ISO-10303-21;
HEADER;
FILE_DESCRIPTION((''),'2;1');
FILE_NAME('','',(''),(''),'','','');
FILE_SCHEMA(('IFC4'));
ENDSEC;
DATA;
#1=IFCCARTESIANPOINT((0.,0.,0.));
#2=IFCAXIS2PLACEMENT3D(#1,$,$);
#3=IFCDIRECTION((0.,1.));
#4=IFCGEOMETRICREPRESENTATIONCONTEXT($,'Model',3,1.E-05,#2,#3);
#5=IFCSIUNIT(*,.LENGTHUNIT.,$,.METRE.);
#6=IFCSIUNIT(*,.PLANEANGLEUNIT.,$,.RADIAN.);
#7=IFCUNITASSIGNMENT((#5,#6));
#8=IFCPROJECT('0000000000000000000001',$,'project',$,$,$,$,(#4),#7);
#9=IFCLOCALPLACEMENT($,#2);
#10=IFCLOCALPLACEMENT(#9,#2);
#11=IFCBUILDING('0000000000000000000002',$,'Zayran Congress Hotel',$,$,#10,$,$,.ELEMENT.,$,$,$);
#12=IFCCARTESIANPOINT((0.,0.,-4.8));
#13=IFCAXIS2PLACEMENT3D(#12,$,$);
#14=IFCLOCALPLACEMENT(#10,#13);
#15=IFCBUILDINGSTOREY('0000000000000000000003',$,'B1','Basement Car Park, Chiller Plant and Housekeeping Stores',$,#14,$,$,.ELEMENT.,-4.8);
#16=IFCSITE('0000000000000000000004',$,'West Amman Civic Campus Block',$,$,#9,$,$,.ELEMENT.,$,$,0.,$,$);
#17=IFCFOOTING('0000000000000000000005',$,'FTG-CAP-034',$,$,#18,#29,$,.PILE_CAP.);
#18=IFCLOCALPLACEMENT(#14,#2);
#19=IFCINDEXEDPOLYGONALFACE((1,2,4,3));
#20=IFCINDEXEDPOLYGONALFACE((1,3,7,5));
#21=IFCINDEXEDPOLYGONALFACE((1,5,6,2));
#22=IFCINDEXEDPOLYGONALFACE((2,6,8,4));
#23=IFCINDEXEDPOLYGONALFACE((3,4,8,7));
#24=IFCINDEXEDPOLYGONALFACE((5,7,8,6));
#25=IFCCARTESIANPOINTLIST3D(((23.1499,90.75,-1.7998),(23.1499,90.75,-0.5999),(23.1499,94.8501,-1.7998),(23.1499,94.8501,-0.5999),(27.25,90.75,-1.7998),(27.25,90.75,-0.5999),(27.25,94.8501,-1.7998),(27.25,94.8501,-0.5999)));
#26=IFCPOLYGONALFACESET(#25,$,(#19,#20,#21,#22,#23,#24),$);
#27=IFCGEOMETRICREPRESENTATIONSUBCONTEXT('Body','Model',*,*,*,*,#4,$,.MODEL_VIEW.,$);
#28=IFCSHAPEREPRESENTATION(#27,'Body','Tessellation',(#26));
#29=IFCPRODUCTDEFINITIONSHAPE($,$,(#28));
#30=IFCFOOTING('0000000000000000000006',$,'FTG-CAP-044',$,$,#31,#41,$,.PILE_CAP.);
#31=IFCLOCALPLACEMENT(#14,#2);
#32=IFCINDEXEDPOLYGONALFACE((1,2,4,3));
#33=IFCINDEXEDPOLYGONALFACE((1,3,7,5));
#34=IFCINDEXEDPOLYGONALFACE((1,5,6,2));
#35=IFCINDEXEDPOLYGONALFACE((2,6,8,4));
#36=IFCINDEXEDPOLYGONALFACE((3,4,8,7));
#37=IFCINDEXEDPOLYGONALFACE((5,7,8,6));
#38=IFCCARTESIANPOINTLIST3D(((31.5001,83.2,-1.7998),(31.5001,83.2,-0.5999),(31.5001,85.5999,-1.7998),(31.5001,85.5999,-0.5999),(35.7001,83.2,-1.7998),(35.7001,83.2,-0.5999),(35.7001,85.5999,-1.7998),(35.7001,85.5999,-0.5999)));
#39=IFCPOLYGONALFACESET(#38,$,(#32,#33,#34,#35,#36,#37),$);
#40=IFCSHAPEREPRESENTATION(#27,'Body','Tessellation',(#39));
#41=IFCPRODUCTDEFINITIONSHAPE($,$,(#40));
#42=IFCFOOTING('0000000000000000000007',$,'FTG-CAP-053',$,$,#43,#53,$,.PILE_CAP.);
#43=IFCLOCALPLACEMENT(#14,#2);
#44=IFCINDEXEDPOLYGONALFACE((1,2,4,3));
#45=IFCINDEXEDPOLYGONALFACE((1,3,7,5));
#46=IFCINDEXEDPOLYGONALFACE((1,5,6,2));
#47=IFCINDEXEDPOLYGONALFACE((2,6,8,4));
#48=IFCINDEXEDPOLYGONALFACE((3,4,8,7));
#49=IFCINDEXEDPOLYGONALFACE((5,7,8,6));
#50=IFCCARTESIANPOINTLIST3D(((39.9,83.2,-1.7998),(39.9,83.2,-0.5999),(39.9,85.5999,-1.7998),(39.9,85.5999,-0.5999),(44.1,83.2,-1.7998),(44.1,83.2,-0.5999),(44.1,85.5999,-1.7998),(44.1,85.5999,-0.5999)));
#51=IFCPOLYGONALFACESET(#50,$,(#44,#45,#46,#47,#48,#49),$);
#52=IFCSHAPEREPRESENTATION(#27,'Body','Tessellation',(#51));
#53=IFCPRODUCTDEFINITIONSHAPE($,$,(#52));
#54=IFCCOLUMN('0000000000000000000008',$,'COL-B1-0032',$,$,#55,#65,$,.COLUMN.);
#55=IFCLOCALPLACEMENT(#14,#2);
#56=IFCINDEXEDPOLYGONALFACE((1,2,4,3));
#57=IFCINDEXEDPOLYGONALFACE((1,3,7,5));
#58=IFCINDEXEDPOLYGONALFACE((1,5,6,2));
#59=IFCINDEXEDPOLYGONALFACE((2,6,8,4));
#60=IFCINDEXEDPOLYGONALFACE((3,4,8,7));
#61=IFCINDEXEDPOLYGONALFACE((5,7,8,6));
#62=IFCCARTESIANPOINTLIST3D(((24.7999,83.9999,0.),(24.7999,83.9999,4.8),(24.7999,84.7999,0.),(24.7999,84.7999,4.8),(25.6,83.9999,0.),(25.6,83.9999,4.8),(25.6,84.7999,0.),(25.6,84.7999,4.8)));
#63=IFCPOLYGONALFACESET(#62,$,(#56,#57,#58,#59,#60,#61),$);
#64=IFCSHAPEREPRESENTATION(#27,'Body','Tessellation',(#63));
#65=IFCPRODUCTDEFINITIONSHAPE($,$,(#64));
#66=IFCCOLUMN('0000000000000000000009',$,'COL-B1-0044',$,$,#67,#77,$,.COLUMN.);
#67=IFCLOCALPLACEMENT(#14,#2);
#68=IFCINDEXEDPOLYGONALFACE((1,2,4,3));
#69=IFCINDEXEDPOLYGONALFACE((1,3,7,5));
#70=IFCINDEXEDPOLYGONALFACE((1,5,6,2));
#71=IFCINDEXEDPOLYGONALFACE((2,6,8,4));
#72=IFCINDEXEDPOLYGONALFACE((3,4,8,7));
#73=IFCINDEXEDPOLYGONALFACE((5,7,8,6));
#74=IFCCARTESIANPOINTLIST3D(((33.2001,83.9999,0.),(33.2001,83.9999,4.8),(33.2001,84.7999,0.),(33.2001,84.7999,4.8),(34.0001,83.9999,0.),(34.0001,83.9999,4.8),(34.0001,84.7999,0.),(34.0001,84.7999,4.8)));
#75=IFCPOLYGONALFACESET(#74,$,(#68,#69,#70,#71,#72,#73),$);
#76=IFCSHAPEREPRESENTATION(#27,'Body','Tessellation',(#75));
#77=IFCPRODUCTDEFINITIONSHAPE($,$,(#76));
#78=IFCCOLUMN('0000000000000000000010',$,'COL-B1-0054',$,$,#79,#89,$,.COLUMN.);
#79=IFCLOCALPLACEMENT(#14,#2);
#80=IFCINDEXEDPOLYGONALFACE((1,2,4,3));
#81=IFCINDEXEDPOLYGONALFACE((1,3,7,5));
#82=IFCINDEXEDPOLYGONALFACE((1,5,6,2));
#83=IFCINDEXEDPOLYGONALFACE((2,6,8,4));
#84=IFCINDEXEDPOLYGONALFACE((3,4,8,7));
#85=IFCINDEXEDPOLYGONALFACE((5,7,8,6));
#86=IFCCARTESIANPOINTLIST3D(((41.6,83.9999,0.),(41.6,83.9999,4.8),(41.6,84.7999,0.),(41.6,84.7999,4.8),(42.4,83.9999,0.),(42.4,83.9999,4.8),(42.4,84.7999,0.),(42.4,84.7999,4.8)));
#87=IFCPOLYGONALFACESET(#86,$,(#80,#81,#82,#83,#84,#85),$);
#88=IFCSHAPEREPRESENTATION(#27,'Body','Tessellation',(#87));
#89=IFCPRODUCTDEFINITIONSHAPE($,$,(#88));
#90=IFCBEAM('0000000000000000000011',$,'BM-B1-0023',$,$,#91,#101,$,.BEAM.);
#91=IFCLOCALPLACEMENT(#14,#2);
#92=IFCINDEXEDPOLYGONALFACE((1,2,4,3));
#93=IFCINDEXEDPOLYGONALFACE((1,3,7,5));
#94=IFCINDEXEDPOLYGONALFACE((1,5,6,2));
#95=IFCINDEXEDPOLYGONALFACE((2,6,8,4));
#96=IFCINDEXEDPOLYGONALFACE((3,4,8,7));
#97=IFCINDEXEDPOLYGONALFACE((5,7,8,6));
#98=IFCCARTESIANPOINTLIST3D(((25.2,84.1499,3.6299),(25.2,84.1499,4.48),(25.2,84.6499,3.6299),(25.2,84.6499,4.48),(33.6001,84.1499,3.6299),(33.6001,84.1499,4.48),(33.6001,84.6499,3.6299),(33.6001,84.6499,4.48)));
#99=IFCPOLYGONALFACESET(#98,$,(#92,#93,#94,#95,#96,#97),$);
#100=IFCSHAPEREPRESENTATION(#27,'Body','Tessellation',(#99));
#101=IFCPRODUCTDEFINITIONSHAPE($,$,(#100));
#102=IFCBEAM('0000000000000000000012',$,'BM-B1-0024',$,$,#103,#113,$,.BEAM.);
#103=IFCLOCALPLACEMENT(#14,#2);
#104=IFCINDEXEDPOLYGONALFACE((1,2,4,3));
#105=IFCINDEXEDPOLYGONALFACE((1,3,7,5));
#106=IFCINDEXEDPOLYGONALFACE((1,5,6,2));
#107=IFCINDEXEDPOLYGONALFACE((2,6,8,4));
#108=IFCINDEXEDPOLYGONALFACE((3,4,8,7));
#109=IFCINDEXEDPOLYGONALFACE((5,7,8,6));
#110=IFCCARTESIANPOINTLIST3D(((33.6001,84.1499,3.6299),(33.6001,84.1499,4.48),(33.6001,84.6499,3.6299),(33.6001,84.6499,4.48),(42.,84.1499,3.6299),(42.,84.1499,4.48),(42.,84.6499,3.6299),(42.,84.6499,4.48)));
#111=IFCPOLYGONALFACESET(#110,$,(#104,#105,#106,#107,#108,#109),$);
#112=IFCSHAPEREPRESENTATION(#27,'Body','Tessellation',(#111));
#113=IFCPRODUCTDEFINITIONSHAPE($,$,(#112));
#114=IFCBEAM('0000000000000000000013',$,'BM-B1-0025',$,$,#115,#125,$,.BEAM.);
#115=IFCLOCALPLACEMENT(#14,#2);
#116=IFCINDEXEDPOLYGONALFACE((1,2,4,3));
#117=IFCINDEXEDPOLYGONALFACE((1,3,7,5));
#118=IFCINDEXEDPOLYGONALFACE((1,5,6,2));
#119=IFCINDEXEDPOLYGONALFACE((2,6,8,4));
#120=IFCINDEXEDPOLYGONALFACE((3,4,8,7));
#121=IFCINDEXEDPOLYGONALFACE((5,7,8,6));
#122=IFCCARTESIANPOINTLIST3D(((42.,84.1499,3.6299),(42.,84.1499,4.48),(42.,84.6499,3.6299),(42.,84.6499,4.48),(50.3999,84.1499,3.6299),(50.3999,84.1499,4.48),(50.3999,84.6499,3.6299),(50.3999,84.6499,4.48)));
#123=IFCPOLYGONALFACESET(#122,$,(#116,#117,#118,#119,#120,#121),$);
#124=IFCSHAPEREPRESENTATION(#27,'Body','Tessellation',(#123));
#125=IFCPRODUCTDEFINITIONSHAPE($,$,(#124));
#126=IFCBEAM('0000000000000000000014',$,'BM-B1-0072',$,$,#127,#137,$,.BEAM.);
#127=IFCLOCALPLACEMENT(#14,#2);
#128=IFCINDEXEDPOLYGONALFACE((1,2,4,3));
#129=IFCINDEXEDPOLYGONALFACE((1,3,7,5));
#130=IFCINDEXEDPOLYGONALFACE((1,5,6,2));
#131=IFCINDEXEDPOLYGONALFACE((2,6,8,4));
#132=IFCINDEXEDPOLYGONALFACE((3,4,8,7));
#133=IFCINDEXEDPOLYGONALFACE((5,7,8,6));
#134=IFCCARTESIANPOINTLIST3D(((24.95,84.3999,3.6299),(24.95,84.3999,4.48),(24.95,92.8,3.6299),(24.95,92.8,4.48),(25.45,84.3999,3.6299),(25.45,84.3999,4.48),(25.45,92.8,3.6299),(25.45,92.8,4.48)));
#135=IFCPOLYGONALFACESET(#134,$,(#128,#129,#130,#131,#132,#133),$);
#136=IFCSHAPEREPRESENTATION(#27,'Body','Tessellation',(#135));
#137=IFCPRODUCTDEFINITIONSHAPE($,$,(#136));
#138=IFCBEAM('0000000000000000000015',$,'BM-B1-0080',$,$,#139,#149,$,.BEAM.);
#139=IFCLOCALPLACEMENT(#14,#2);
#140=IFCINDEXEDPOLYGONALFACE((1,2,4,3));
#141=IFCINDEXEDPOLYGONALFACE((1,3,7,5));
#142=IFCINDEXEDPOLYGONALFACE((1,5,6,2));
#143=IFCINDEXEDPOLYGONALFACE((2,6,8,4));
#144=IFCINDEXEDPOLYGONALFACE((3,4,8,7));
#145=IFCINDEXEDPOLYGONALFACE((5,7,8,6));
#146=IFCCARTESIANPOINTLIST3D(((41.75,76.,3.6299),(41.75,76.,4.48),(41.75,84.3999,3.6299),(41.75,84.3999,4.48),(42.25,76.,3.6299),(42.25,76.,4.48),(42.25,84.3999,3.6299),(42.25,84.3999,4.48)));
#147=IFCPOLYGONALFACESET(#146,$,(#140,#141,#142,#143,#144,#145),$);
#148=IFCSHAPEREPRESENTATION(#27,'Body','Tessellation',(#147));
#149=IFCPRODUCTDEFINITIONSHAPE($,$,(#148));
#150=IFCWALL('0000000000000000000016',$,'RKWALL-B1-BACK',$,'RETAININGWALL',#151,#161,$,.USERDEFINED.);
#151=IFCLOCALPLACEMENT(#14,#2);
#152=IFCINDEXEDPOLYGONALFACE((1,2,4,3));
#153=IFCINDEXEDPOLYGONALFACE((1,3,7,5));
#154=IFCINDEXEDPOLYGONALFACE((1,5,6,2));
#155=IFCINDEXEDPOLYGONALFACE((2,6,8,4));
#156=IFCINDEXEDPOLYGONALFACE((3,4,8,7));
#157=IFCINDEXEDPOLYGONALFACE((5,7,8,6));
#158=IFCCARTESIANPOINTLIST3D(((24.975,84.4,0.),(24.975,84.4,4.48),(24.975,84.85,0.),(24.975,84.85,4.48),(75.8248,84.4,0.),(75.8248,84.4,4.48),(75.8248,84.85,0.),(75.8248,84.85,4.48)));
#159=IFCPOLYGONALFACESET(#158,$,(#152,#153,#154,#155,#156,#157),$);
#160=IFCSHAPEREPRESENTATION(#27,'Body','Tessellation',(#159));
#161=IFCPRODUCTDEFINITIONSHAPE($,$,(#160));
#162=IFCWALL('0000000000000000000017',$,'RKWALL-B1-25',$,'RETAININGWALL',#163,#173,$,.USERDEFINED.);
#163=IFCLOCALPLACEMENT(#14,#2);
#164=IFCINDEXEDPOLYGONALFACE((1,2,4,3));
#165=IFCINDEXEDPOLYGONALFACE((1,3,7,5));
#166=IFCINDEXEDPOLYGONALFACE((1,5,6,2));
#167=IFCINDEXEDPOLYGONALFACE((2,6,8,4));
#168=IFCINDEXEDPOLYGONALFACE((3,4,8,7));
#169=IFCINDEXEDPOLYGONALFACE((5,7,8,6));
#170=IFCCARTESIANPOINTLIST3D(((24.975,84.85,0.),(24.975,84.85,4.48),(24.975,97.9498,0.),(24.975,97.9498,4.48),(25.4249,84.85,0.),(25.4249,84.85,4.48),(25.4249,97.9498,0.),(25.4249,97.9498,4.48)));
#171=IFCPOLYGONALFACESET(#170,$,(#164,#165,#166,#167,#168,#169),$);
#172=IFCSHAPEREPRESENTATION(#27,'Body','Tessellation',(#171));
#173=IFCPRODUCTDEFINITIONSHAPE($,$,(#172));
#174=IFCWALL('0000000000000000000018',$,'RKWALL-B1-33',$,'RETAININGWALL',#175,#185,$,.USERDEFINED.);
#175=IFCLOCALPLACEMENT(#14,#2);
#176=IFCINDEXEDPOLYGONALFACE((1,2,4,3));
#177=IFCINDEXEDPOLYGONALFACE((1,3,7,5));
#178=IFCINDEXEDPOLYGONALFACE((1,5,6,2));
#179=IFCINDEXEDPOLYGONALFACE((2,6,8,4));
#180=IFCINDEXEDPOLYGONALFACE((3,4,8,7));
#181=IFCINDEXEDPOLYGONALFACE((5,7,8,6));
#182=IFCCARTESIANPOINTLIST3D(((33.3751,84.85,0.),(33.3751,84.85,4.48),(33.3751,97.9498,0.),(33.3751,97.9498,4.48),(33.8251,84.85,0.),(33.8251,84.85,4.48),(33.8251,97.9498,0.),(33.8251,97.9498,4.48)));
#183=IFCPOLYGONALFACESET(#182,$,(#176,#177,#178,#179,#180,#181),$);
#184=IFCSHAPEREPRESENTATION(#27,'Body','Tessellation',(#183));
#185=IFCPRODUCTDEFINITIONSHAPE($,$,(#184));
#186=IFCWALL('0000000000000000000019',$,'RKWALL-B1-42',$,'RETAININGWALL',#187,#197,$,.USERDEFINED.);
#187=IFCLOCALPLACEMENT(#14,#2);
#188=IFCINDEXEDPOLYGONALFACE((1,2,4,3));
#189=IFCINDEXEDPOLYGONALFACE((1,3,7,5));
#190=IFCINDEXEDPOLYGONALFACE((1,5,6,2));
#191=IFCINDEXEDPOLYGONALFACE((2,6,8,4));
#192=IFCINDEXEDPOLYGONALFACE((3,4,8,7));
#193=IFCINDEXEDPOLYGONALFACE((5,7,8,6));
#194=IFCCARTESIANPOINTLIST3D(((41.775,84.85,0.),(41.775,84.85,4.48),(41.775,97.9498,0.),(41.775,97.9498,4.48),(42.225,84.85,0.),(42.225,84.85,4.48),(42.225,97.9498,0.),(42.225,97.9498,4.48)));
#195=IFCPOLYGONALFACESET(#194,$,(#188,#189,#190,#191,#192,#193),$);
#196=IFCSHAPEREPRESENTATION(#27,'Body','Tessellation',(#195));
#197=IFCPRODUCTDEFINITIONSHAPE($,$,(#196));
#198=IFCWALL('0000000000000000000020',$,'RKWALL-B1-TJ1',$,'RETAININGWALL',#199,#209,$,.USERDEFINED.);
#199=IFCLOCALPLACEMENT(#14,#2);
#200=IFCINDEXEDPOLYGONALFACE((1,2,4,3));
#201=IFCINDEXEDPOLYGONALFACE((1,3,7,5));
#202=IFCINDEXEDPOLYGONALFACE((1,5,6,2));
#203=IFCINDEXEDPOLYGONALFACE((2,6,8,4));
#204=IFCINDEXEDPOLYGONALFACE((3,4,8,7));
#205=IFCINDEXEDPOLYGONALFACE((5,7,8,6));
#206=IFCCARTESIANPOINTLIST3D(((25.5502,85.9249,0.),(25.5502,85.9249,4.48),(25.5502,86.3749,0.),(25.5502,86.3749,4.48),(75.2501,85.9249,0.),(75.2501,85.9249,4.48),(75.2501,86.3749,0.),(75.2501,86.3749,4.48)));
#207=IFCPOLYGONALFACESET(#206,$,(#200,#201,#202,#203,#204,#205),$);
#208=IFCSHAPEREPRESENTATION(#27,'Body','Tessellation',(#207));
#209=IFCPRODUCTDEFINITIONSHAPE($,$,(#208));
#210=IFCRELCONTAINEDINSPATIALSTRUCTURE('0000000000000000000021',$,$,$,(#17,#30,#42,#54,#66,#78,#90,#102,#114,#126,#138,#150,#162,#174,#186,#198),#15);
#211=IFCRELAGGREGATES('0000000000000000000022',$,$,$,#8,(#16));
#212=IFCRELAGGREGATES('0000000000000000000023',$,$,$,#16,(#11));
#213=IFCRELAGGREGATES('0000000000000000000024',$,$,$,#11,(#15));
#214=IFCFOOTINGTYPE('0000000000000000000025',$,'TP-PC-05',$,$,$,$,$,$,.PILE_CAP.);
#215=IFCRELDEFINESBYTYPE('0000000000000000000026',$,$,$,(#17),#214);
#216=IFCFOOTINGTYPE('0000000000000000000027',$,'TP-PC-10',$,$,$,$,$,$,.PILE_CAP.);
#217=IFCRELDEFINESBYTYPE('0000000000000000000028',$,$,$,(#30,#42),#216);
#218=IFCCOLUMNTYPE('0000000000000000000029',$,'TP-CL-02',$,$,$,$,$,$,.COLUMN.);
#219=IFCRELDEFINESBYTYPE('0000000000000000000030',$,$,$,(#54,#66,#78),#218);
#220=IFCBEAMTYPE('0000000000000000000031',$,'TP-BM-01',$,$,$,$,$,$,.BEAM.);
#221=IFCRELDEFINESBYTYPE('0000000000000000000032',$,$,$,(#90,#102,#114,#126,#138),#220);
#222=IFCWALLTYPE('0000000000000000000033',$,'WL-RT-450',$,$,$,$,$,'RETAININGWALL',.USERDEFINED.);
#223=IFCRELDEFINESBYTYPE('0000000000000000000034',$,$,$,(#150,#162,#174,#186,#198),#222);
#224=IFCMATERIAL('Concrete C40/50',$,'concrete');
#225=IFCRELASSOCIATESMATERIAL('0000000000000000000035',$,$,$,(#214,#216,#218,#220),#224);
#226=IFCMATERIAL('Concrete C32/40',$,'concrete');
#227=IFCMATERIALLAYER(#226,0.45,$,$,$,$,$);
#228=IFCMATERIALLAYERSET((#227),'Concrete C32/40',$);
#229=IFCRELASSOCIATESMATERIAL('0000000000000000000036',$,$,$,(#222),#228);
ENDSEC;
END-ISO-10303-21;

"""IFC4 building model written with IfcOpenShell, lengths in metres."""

from ifc_helpers import new_model, si_unit, direction, frame, frame_2d, origin, origin_2d, place, context, subcontext, project, spatial, rectangle, extrude, material, layer, layer_set, material_profile, profile_set, type_object, element, save


model = new_model("IFC4")

# Units and contexts
model_context = context("Model", 3, precision=1e-05, world=origin(), true_north=direction((0.0, 1.0)))
body_context = subcontext(model_context, "Body", "Model", "MODEL_VIEW")
ifc_project = project(units=[si_unit("LENGTHUNIT", "METRE"), si_unit("PLANEANGLEUNIT", "RADIAN")], contexts=[model_context])

# Site, building, storey
site_placement = place(None, origin())
site = spatial("IfcSite", under=ifc_project, at=site_placement, Name="West Amman Civic Campus Block", CompositionType="ELEMENT", RefElevation=0.0)
building_placement = place(site_placement, origin())
building = spatial("IfcBuilding", under=site, at=building_placement, Name="Zayran Congress Hotel", CompositionType="ELEMENT")
storey_placement = place(building_placement, frame((0.0, 0.0, -4.8)))
storey = spatial("IfcBuildingStorey", under=building, at=storey_placement, Name="B1", Description="Basement Car Park, Chiller Plant and Housekeeping Stores", CompositionType="ELEMENT", Elevation=-4.8)

# Shared definitions
ifc_material_1 = material(Name="Concrete C40/50", Category="concrete")

# Footings
footing_type_1 = type_object("IfcFootingType", Name="TP-PC-05", PredefinedType="PILE_CAP", material=ifc_material_1)
footing_1_placement = place(storey_placement, frame((25.2, 92.8, -1.7998), z_axis=(0.0, 0.0, 1.0), x_axis=(1.0, 0.0, 0.0)))
element("IfcFooting", 1, at=footing_1_placement, inside=storey, type_object=footing_type_1, Name="FTG-CAP-034", PredefinedType="PILE_CAP", context=body_context, shape_type="SweptSolid", body=[
    extrude(rectangle(XDim=4.1001, YDim=4.1001, at=origin_2d()), origin(), (0.0, 0.0, 1.0), 1.2),
])
footing_type_2 = type_object("IfcFootingType", Name="TP-PC-10", PredefinedType="PILE_CAP", material=ifc_material_1)
for number, where, z_axis, x_axis, name in (
    (2, (33.6001, 84.3999, -1.7998), (0.0, 0.0, 1.0), (1.0, 0.0, 0.0), "FTG-CAP-044"),
    (3, (42.0, 84.3999, -1.7998), (0.0, 0.0, 1.0), (1.0, 0.0, 0.0), "FTG-CAP-053"),
):
    element("IfcFooting", number, at=place(storey_placement, frame(where, z_axis=z_axis, x_axis=x_axis)), inside=storey, type_object=footing_type_2, Name=name, PredefinedType="PILE_CAP", context=body_context, shape_type="SweptSolid", body=[
        extrude(rectangle(XDim=4.2, YDim=2.3999, at=origin_2d()), origin(), (0.0, 0.0, 1.0), 1.2),
    ])

# Columns
ifc_material_profile_1 = material_profile(ifc_material_1, rectangle(XDim=0.8, YDim=0.8, at=origin_2d()), Name="RC 800x800")
ifc_profile_set_1 = profile_set([ifc_material_profile_1], Name="Concrete C40/50")
column_type = type_object("IfcColumnType", Name="TP-CL-02", PredefinedType="COLUMN", material=ifc_profile_set_1)
for number, where, z_axis, x_axis, name in (
    (4, (25.2, 84.3999, 0.0), (0.0, 0.0, 1.0), (1.0, 0.0, 0.0), "COL-B1-0032"),
    (5, (33.6001, 84.3999, 0.0), (0.0, 0.0, 1.0), (1.0, 0.0, 0.0), "COL-B1-0044"),
    (6, (42.0, 84.3999, 0.0), (0.0, 0.0, 1.0), (1.0, 0.0, 0.0), "COL-B1-0054"),
):
    element("IfcColumn", number, at=place(storey_placement, frame(where, z_axis=z_axis, x_axis=x_axis)), inside=storey, type_object=column_type, Name=name, PredefinedType="COLUMN", context=body_context, shape_type="SweptSolid", body=[
        extrude(rectangle(XDim=0.8, YDim=0.8, at=origin_2d()), origin(), (0.0, 0.0, 1.0), 4.8),
    ])

# Beams
ifc_material_profile_2 = material_profile(ifc_material_1, rectangle(XDim=0.5, YDim=0.8501, at=origin_2d()), Name="RC 500x850")
ifc_profile_set_2 = profile_set([ifc_material_profile_2], Name="Concrete C40/50")
beam_type = type_object("IfcBeamType", Name="TP-BM-01", PredefinedType="BEAM", material=ifc_profile_set_2)
beam_1_placement = place(storey_placement, frame((25.2, 84.3999, 4.0549), z_axis=(1.0, 0.0, 0.0), x_axis=(0.0, 1.0, 0.0)))
element("IfcBeam", 7, at=beam_1_placement, inside=storey, type_object=beam_type, Name="BM-B1-0023", PredefinedType="BEAM", context=body_context, shape_type="SweptSolid", body=[
    extrude(rectangle(XDim=0.5, YDim=0.8501, at=origin_2d()), origin(), (0.0, 0.0, 1.0), 8.4001),
])
for number, where, z_axis, x_axis, name in (
    (8, (33.6001, 84.3999, 4.0549), (1.0, 0.0, 0.0), (0.0, 1.0, 0.0), "BM-B1-0024"),
    (9, (42.0, 84.3999, 4.0549), (1.0, 0.0, 0.0), (0.0, 1.0, 0.0), "BM-B1-0025"),
):
    element("IfcBeam", number, at=place(storey_placement, frame(where, z_axis=z_axis, x_axis=x_axis)), inside=storey, type_object=beam_type, Name=name, PredefinedType="BEAM", context=body_context, shape_type="SweptSolid", body=[
        extrude(rectangle(XDim=0.5, YDim=0.8501, at=origin_2d()), origin(), (0.0, 0.0, 1.0), 8.3999),
    ])
beam_2_placement = place(storey_placement, frame((25.2, 84.3999, 4.0549), z_axis=(0.0, 1.0, 0.0), x_axis=(-1.0, 0.0, 0.0)))
element("IfcBeam", 10, at=beam_2_placement, inside=storey, type_object=beam_type, Name="BM-B1-0072", PredefinedType="BEAM", context=body_context, shape_type="SweptSolid", body=[
    extrude(rectangle(XDim=0.5, YDim=0.8501, at=origin_2d()), origin(), (0.0, 0.0, 1.0), 8.4001),
])
beam_3_placement = place(storey_placement, frame((42.0, 76.0, 4.0549), z_axis=(0.0, 1.0, 0.0), x_axis=(-1.0, 0.0, 0.0)))
element("IfcBeam", 11, at=beam_3_placement, inside=storey, type_object=beam_type, Name="BM-B1-0080", PredefinedType="BEAM", context=body_context, shape_type="SweptSolid", body=[
    extrude(rectangle(XDim=0.5, YDim=0.8501, at=origin_2d()), origin(), (0.0, 0.0, 1.0), 8.3999),
])

# Walls
ifc_material_2 = material(Name="Concrete C32/40", Category="concrete")
ifc_layer = layer(ifc_material_2, 0.45)
ifc_layer_set = layer_set([ifc_layer], Name="Concrete C32/40")
wall_type = type_object("IfcWallType", Name="WL-RT-450", ElementType="RETAININGWALL", PredefinedType="USERDEFINED", material=ifc_layer_set)
wall_placement = place(storey_placement, frame((24.9751, 84.625, 0.0), z_axis=(0.0, 0.0, 1.0), x_axis=(1.0, 0.0, 0.0)))
element("IfcWall", 12, at=wall_placement, inside=storey, type_object=wall_type, Name="RKWALL-B1-BACK", ObjectType="RETAININGWALL", PredefinedType="USERDEFINED", context=body_context, shape_type="SweptSolid", body=[
    extrude(rectangle(XDim=50.8499, YDim=0.45, at=frame_2d((25.4248, 0.0))), origin(), (0.0, 0.0, 1.0), 4.48),
])
for number, where, z_axis, x_axis, name in (
    (13, (25.2, 84.8501, 0.0), (0.0, 0.0, 1.0), (0.0, 1.0, 0.0), "RKWALL-B1-25"),
    (14, (33.6001, 84.8501, 0.0), (0.0, 0.0, 1.0), (0.0, 1.0, 0.0), "RKWALL-B1-33"),
    (15, (42.0, 84.8501, 0.0), (0.0, 0.0, 1.0), (0.0, 1.0, 0.0), "RKWALL-B1-42"),
):
    element("IfcWall", number, at=place(storey_placement, frame(where, z_axis=z_axis, x_axis=x_axis)), inside=storey, type_object=wall_type, Name=name, ObjectType="RETAININGWALL", PredefinedType="USERDEFINED", context=body_context, shape_type="SweptSolid", body=[
        extrude(rectangle(XDim=13.0999, YDim=0.45, at=frame_2d((6.5498, 0.0))), origin(), (0.0, 0.0, 1.0), 4.48),
    ])
for number, where, z_axis, x_axis, name in (
    (16, (25.55, 86.1499, 0.0), (0.0, 0.0, 1.0), (1.0, 0.0, 0.0), "RKWALL-B1-TJ1"),
):
    element("IfcWall", number, at=place(storey_placement, frame(where, z_axis=z_axis, x_axis=x_axis)), inside=storey, type_object=wall_type, Name=name, ObjectType="RETAININGWALL", PredefinedType="USERDEFINED", context=body_context, shape_type="SweptSolid", body=[
        extrude(rectangle(XDim=49.7, YDim=0.45, at=frame_2d((24.8501, 0.0))), origin(), (0.0, 0.0, 1.0), 4.48),
    ])

save(model, "model.ifc")
